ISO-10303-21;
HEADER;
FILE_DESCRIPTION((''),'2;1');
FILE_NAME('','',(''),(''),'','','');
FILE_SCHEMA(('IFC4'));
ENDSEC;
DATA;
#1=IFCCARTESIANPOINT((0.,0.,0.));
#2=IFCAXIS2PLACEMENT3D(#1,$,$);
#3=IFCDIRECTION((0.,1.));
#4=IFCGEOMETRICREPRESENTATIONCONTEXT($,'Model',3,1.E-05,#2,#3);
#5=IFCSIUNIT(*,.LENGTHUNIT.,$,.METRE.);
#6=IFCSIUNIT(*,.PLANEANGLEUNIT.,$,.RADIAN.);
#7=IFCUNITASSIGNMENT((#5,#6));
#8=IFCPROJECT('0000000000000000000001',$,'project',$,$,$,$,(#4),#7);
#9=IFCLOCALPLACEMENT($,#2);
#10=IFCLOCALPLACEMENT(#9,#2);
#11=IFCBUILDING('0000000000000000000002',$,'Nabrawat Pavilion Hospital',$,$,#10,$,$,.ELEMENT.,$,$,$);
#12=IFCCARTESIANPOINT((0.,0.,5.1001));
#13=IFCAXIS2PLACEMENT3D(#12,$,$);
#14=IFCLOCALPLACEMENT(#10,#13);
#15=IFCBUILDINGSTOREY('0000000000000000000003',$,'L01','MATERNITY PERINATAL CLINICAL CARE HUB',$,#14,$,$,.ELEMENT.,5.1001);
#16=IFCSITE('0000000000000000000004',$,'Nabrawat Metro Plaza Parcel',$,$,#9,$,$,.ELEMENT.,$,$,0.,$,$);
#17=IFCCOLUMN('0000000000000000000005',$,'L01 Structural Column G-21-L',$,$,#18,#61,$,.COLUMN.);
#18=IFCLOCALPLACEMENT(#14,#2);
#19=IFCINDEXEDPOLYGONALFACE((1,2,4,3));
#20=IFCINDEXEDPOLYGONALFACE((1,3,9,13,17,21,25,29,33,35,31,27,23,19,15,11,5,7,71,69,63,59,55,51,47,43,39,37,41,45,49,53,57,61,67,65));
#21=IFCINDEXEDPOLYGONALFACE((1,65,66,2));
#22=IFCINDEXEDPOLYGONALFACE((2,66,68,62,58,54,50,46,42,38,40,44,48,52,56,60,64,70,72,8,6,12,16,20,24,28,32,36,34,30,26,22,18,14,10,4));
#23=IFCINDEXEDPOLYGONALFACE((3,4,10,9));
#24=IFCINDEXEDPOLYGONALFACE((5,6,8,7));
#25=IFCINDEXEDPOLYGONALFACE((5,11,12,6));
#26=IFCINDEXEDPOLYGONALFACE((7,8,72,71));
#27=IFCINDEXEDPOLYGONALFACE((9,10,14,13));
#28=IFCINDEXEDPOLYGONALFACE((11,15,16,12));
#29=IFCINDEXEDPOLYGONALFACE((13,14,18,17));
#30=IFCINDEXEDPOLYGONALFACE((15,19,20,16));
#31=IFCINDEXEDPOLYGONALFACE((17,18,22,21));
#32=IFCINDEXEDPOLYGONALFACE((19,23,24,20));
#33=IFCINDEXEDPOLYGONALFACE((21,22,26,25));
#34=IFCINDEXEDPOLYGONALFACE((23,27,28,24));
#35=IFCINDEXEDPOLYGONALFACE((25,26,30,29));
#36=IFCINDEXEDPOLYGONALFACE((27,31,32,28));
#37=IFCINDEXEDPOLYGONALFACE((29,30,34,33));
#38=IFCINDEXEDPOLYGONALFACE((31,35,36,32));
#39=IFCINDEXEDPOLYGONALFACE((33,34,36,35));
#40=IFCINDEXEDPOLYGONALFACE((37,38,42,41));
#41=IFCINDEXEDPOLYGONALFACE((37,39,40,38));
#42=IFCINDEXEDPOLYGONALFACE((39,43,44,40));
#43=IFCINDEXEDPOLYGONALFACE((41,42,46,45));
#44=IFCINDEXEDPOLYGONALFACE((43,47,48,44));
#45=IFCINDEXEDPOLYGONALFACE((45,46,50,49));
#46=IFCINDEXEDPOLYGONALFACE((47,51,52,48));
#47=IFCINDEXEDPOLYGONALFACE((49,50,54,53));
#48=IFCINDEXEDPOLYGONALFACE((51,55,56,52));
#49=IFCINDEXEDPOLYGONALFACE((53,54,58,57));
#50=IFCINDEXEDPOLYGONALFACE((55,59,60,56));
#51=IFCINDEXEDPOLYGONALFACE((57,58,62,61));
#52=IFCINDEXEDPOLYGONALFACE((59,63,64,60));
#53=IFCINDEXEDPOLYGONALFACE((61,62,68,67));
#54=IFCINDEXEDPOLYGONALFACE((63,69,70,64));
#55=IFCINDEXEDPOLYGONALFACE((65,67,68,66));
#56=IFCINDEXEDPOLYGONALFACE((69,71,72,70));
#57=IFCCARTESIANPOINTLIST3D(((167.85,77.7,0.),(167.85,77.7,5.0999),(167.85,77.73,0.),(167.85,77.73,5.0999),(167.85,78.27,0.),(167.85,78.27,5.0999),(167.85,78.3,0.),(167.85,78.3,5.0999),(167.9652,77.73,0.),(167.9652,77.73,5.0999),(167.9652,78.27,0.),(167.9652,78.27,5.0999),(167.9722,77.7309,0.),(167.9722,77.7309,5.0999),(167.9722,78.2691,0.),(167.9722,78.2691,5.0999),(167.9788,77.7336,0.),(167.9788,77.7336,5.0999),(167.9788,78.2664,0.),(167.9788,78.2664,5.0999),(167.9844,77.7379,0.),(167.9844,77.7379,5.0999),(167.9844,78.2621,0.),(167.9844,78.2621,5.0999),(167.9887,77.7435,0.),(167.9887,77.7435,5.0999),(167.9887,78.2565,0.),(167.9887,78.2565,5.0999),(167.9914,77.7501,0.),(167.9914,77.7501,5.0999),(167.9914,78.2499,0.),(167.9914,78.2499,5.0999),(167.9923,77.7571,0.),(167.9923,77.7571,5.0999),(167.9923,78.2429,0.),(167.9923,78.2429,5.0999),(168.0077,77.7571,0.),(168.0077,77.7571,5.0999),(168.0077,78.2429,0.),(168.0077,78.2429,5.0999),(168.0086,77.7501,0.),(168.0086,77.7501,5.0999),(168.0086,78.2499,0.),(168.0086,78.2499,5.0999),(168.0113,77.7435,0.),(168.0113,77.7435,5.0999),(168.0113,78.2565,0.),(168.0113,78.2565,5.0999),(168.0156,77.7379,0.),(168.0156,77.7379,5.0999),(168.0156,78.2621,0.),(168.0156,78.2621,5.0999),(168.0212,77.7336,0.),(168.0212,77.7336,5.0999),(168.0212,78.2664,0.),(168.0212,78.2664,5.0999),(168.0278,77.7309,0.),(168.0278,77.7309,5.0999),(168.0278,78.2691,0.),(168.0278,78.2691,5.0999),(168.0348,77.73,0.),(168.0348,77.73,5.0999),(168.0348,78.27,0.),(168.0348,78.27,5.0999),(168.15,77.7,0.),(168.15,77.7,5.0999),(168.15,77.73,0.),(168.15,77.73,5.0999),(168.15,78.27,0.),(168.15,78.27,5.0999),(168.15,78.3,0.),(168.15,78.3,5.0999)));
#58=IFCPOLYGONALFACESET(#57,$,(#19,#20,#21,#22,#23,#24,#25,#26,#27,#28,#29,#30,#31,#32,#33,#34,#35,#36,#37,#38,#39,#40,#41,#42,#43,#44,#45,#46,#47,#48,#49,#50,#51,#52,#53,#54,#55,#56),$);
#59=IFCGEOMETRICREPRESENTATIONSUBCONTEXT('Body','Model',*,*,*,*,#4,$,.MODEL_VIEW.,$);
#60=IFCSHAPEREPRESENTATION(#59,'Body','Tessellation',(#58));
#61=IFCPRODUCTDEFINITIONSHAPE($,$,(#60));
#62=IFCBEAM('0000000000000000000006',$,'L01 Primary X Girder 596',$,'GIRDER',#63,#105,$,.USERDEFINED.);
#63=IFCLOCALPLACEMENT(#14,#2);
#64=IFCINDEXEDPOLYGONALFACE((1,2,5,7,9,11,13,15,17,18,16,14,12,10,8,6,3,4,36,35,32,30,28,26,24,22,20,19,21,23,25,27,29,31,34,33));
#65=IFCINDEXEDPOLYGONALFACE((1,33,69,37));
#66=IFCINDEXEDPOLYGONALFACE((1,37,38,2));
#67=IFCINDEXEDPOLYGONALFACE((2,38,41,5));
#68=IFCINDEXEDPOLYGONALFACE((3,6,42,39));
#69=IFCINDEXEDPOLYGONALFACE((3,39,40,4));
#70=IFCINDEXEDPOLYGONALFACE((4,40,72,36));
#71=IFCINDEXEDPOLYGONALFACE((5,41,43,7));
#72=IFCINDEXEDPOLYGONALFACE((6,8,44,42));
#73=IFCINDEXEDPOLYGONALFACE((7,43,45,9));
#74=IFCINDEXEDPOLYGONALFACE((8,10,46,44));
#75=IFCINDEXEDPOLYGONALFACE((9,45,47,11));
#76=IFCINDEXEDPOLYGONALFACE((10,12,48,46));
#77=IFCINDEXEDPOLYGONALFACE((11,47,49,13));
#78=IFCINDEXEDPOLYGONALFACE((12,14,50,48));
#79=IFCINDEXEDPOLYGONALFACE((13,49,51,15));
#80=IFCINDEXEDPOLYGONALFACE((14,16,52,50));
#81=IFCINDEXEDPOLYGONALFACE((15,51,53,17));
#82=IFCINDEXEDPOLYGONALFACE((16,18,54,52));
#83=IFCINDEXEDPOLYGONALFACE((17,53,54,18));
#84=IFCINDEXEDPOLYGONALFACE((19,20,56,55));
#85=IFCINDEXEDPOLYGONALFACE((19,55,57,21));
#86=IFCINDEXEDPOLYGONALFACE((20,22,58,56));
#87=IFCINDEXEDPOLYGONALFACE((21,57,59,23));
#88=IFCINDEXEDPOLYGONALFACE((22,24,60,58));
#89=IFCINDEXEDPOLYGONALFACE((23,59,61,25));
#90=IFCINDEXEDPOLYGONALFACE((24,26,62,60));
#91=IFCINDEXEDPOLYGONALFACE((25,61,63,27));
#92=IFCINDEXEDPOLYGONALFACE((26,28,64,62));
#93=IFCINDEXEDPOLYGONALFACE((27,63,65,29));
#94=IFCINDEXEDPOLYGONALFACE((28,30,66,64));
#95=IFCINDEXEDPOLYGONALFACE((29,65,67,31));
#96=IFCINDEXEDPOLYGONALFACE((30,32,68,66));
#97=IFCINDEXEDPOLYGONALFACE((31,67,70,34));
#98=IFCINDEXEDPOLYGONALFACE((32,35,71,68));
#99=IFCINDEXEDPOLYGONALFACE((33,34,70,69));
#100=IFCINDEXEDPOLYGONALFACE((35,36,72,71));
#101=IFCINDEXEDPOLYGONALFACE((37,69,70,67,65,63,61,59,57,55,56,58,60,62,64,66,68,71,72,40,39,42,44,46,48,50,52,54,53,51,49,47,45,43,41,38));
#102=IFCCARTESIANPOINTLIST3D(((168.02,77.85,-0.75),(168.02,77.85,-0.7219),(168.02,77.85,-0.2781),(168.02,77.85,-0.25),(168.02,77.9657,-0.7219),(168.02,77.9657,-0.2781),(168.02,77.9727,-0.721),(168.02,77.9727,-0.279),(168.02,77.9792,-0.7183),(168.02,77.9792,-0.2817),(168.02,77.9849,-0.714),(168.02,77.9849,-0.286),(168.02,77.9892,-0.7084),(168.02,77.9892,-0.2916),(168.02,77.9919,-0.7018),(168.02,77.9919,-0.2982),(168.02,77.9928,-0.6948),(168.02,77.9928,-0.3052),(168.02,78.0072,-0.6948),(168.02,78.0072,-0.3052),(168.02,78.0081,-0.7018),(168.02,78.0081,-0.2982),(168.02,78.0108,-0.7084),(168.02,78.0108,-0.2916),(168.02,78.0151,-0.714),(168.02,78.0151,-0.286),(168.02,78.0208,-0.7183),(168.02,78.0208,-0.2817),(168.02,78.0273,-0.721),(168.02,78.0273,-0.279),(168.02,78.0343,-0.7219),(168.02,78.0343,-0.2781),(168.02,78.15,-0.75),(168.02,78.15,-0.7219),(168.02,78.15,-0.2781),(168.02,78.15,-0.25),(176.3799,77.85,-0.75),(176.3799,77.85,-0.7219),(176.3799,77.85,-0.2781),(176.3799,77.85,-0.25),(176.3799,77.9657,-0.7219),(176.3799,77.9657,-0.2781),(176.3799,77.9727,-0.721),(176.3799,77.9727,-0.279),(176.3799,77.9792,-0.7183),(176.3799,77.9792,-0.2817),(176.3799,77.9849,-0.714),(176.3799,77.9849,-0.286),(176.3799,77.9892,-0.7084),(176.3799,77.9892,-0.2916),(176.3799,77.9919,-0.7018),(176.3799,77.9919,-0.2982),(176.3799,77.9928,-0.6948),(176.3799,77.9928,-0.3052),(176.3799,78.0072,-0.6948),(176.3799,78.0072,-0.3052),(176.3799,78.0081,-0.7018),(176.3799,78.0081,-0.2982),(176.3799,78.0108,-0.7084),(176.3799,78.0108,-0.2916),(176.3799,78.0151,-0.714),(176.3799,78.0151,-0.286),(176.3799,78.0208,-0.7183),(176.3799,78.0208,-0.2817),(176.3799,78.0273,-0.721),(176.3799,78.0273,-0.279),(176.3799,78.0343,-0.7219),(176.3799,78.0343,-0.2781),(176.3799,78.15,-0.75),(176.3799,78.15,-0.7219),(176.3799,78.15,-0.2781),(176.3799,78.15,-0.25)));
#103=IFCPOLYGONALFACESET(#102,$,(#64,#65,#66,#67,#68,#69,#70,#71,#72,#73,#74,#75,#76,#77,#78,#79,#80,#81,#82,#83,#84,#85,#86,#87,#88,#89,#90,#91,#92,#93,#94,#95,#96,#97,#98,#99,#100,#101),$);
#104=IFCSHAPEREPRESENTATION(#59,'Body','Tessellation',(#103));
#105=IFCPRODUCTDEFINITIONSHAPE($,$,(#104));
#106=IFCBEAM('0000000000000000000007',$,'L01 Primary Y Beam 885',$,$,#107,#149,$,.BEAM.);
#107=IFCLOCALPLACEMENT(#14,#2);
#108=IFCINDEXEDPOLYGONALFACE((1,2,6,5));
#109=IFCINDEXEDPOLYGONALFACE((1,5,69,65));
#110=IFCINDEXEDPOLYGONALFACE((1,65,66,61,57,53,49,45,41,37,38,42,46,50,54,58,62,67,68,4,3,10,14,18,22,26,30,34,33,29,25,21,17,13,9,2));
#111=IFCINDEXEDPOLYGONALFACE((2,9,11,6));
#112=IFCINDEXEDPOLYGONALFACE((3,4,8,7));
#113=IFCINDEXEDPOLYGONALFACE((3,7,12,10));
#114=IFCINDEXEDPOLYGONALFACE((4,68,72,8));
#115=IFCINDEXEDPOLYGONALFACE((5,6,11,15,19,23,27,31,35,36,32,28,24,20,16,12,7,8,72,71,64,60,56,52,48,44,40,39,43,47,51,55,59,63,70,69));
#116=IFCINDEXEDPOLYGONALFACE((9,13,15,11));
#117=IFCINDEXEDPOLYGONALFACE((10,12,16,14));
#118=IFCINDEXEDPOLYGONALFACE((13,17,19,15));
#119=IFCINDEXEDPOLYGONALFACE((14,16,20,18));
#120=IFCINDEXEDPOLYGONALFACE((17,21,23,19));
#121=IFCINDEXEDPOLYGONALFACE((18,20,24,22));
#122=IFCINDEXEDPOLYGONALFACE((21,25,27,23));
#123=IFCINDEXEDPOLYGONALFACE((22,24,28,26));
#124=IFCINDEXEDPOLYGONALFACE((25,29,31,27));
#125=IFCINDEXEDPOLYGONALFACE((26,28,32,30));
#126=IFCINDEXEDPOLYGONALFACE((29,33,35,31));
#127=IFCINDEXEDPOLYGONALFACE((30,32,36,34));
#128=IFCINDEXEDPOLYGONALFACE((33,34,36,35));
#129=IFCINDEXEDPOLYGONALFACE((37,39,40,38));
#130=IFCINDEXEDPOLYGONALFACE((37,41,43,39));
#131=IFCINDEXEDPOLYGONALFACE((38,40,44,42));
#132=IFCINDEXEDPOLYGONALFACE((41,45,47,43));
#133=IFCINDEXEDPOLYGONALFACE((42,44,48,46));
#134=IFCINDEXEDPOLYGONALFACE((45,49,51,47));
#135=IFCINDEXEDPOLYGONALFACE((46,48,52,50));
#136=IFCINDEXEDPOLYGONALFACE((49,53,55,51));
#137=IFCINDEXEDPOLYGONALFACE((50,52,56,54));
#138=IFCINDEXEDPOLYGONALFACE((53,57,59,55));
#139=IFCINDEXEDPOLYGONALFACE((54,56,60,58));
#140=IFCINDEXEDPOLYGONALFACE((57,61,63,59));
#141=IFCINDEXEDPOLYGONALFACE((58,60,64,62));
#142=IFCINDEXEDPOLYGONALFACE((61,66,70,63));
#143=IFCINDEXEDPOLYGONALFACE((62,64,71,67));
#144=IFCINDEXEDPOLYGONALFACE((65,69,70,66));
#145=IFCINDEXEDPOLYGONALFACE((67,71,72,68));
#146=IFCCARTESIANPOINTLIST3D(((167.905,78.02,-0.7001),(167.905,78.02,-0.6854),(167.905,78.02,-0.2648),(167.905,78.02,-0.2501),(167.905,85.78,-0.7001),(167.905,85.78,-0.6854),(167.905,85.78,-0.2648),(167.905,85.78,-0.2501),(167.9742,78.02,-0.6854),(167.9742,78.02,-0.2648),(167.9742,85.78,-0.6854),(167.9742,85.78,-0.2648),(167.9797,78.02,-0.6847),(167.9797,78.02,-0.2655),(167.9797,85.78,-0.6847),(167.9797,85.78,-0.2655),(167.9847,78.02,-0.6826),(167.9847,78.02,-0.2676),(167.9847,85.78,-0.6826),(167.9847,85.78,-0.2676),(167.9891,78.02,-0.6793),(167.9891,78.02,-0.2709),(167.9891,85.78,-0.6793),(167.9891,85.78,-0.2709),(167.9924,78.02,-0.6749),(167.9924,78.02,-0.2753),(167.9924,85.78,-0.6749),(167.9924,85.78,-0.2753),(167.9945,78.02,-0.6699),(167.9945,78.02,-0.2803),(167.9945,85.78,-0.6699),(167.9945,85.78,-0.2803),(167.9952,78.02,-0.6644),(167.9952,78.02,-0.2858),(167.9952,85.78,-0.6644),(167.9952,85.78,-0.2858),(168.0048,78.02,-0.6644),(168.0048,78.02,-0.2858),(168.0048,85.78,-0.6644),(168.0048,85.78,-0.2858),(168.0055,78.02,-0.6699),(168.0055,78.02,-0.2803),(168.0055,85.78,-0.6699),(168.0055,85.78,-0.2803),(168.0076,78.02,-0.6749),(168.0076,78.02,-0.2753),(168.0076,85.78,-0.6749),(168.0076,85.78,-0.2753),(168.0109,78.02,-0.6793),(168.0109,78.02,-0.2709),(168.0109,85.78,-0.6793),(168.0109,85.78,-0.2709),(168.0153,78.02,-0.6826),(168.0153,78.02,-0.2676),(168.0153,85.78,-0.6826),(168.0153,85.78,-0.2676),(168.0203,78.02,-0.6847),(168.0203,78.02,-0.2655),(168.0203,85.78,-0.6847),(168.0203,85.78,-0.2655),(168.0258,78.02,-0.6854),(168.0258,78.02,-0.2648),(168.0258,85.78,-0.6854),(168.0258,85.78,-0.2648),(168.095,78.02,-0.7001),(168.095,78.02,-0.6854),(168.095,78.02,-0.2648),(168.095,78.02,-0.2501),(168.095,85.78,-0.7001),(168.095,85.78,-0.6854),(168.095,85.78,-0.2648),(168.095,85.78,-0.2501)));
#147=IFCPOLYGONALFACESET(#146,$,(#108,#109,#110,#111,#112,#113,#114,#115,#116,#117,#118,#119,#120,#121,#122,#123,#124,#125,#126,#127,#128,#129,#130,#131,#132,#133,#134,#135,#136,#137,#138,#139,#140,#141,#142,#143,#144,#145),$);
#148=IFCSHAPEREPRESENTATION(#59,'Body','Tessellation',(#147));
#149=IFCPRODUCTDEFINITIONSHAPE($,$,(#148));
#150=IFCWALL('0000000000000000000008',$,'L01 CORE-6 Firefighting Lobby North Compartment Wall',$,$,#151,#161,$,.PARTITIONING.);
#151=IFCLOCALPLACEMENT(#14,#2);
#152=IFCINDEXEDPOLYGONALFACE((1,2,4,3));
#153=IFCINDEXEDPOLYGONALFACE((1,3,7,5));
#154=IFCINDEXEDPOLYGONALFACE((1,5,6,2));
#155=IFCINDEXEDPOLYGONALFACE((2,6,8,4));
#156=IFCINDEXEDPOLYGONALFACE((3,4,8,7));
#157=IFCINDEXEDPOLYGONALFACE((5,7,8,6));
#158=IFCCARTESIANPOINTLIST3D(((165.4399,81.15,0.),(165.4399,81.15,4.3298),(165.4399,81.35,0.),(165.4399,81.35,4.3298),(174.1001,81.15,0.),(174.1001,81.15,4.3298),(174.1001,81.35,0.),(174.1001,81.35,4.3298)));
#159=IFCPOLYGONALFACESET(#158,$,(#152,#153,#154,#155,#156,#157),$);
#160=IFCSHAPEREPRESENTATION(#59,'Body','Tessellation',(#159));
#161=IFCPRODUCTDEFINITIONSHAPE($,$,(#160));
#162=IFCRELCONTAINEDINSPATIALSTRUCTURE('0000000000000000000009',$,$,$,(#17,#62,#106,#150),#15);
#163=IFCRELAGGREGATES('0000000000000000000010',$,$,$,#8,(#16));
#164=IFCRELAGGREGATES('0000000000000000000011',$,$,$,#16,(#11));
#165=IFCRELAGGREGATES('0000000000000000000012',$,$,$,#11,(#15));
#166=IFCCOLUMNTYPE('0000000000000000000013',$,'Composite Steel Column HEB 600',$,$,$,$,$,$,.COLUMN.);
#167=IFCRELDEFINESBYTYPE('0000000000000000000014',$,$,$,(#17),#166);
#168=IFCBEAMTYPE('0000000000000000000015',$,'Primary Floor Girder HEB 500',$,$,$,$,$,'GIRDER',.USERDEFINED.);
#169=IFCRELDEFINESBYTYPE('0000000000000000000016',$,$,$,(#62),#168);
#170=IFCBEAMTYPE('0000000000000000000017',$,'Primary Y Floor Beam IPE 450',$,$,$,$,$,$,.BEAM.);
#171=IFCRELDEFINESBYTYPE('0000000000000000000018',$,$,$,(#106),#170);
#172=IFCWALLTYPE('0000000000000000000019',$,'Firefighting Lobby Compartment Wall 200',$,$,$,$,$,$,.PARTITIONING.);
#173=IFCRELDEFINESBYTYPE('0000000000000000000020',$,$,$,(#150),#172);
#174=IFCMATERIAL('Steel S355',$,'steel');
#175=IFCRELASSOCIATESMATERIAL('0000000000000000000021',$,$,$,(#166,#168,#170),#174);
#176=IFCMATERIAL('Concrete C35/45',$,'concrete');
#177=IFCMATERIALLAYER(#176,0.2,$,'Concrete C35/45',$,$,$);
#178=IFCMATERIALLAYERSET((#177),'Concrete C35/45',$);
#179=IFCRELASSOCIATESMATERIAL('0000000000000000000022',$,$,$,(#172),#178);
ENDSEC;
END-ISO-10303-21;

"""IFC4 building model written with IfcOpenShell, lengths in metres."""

from ifc_helpers import new_model, si_unit, direction, frame, frame_2d, origin, origin_2d, place, context, subcontext, project, spatial, rectangle, i_section, extrude, material, layer, layer_set, material_profile, profile_set, type_object, element, save


model = new_model("IFC4")

# Units and contexts
model_context = context("Model", 3, precision=1e-05, world=origin(), true_north=direction((0.0, 1.0)))
body_context = subcontext(model_context, "Body", "Model", "MODEL_VIEW")
ifc_project = project(units=[si_unit("LENGTHUNIT", "METRE"), si_unit("PLANEANGLEUNIT", "RADIAN")], contexts=[model_context])

# Site, building, storey
site_placement = place(None, origin())
site = spatial("IfcSite", under=ifc_project, at=site_placement, Name="Nabrawat Metro Plaza Parcel", CompositionType="ELEMENT", RefElevation=0.0)
building_placement = place(site_placement, origin())
building = spatial("IfcBuilding", under=site, at=building_placement, Name="Nabrawat Pavilion Hospital", CompositionType="ELEMENT")
storey_placement = place(building_placement, frame((0.0, 0.0, 5.1001)))
storey = spatial("IfcBuildingStorey", under=building, at=storey_placement, Name="L01", Description="MATERNITY PERINATAL CLINICAL CARE HUB", CompositionType="ELEMENT", Elevation=5.1001)

# Column
ifc_material_1 = material(Name="Steel S355", Category="steel")
ifc_material_profile_1 = material_profile(ifc_material_1, i_section(OverallWidth=0.3, OverallDepth=0.6001, WebThickness=0.0154, FlangeThickness=0.03, FilletRadius=0.0271, at=origin_2d()), Name="HEB 600")
ifc_profile_set_1 = profile_set([ifc_material_profile_1], Name="Steel S355")
column_type = type_object("IfcColumnType", Name="Composite Steel Column HEB 600", PredefinedType="COLUMN", material=ifc_profile_set_1)
column_placement = place(storey_placement, frame((168.0, 78.0, 0.0), z_axis=(0.0, 0.0, 1.0), x_axis=(1.0, 0.0, 0.0)))
element("IfcColumn", 1, at=column_placement, inside=storey, type_object=column_type, Name="L01 Structural Column G-21-L", PredefinedType="COLUMN", context=body_context, shape_type="SweptSolid", body=[
    extrude(i_section(OverallWidth=0.3, OverallDepth=0.6001, WebThickness=0.0154, FlangeThickness=0.03, FilletRadius=0.0271, at=origin_2d()), origin(), (0.0, 0.0, 1.0), 5.0999),
])

# Beams
ifc_material_profile_2 = material_profile(ifc_material_1, i_section(OverallWidth=0.3, OverallDepth=0.5, WebThickness=0.0144, FlangeThickness=0.0281, FilletRadius=0.0271, at=origin_2d()), Name="HEB 500")
ifc_profile_set_2 = profile_set([ifc_material_profile_2], Name="Steel S355")
beam_type_1 = type_object("IfcBeamType", Name="Primary Floor Girder HEB 500", ElementType="GIRDER", PredefinedType="USERDEFINED", material=ifc_profile_set_2)
beam_1_placement = place(storey_placement, frame((168.02, 78.0, -0.5), z_axis=(1.0, 0.0, 0.0), x_axis=(0.0, 1.0, 0.0)))
element("IfcBeam", 2, at=beam_1_placement, inside=storey, type_object=beam_type_1, Name="L01 Primary X Girder 596", ObjectType="GIRDER", PredefinedType="USERDEFINED", context=body_context, shape_type="SweptSolid", body=[
    extrude(i_section(OverallWidth=0.3, OverallDepth=0.5, WebThickness=0.0144, FlangeThickness=0.0281, FilletRadius=0.0271, at=origin_2d()), origin(), (0.0, 0.0, 1.0), 8.3599),
])
ifc_material_profile_3 = material_profile(ifc_material_1, i_section(OverallWidth=0.1899, OverallDepth=0.45, WebThickness=0.0095, FlangeThickness=0.0146, FilletRadius=0.021, at=origin_2d()), Name="IPE 450")
ifc_profile_set_3 = profile_set([ifc_material_profile_3], Name="Steel S355")
beam_type_2 = type_object("IfcBeamType", Name="Primary Y Floor Beam IPE 450", PredefinedType="BEAM", material=ifc_profile_set_3)
beam_2_placement = place(storey_placement, frame((168.0, 78.02, -0.4751), z_axis=(0.0, 1.0, 0.0), x_axis=(-1.0, 0.0, 0.0)))
element("IfcBeam", 3, at=beam_2_placement, inside=storey, type_object=beam_type_2, Name="L01 Primary Y Beam 885", PredefinedType="BEAM", context=body_context, shape_type="SweptSolid", body=[
    extrude(i_section(OverallWidth=0.1899, OverallDepth=0.45, WebThickness=0.0095, FlangeThickness=0.0146, FilletRadius=0.021, at=origin_2d()), origin(), (0.0, 0.0, 1.0), 7.76),
])

# Wall
ifc_material_2 = material(Name="Concrete C35/45", Category="concrete")
ifc_layer_1 = layer(ifc_material_2, 0.2, Name="Concrete C35/45")
ifc_layer_set_1 = layer_set([ifc_layer_1], Name="Concrete C35/45")
wall_type_1 = type_object("IfcWallType", Name="Firefighting Lobby Compartment Wall 200", PredefinedType="PARTITIONING", material=ifc_layer_set_1)
wall_1_placement = place(storey_placement, frame((165.4399, 81.25, 0.0), z_axis=(0.0, 0.0, 1.0), x_axis=(1.0, 0.0, 0.0)))
element("IfcWall", 4, at=wall_1_placement, inside=storey, type_object=wall_type_1, Name="L01 CORE-6 Firefighting Lobby North Compartment Wall", PredefinedType="PARTITIONING", context=body_context, shape_type="SweptSolid", body=[
    extrude(rectangle(XDim=8.6602, YDim=0.2, at=frame_2d((4.3301, 0.0))), origin(), (0.0, 0.0, 1.0), 4.3298),
])

save(model, "model.ifc")
